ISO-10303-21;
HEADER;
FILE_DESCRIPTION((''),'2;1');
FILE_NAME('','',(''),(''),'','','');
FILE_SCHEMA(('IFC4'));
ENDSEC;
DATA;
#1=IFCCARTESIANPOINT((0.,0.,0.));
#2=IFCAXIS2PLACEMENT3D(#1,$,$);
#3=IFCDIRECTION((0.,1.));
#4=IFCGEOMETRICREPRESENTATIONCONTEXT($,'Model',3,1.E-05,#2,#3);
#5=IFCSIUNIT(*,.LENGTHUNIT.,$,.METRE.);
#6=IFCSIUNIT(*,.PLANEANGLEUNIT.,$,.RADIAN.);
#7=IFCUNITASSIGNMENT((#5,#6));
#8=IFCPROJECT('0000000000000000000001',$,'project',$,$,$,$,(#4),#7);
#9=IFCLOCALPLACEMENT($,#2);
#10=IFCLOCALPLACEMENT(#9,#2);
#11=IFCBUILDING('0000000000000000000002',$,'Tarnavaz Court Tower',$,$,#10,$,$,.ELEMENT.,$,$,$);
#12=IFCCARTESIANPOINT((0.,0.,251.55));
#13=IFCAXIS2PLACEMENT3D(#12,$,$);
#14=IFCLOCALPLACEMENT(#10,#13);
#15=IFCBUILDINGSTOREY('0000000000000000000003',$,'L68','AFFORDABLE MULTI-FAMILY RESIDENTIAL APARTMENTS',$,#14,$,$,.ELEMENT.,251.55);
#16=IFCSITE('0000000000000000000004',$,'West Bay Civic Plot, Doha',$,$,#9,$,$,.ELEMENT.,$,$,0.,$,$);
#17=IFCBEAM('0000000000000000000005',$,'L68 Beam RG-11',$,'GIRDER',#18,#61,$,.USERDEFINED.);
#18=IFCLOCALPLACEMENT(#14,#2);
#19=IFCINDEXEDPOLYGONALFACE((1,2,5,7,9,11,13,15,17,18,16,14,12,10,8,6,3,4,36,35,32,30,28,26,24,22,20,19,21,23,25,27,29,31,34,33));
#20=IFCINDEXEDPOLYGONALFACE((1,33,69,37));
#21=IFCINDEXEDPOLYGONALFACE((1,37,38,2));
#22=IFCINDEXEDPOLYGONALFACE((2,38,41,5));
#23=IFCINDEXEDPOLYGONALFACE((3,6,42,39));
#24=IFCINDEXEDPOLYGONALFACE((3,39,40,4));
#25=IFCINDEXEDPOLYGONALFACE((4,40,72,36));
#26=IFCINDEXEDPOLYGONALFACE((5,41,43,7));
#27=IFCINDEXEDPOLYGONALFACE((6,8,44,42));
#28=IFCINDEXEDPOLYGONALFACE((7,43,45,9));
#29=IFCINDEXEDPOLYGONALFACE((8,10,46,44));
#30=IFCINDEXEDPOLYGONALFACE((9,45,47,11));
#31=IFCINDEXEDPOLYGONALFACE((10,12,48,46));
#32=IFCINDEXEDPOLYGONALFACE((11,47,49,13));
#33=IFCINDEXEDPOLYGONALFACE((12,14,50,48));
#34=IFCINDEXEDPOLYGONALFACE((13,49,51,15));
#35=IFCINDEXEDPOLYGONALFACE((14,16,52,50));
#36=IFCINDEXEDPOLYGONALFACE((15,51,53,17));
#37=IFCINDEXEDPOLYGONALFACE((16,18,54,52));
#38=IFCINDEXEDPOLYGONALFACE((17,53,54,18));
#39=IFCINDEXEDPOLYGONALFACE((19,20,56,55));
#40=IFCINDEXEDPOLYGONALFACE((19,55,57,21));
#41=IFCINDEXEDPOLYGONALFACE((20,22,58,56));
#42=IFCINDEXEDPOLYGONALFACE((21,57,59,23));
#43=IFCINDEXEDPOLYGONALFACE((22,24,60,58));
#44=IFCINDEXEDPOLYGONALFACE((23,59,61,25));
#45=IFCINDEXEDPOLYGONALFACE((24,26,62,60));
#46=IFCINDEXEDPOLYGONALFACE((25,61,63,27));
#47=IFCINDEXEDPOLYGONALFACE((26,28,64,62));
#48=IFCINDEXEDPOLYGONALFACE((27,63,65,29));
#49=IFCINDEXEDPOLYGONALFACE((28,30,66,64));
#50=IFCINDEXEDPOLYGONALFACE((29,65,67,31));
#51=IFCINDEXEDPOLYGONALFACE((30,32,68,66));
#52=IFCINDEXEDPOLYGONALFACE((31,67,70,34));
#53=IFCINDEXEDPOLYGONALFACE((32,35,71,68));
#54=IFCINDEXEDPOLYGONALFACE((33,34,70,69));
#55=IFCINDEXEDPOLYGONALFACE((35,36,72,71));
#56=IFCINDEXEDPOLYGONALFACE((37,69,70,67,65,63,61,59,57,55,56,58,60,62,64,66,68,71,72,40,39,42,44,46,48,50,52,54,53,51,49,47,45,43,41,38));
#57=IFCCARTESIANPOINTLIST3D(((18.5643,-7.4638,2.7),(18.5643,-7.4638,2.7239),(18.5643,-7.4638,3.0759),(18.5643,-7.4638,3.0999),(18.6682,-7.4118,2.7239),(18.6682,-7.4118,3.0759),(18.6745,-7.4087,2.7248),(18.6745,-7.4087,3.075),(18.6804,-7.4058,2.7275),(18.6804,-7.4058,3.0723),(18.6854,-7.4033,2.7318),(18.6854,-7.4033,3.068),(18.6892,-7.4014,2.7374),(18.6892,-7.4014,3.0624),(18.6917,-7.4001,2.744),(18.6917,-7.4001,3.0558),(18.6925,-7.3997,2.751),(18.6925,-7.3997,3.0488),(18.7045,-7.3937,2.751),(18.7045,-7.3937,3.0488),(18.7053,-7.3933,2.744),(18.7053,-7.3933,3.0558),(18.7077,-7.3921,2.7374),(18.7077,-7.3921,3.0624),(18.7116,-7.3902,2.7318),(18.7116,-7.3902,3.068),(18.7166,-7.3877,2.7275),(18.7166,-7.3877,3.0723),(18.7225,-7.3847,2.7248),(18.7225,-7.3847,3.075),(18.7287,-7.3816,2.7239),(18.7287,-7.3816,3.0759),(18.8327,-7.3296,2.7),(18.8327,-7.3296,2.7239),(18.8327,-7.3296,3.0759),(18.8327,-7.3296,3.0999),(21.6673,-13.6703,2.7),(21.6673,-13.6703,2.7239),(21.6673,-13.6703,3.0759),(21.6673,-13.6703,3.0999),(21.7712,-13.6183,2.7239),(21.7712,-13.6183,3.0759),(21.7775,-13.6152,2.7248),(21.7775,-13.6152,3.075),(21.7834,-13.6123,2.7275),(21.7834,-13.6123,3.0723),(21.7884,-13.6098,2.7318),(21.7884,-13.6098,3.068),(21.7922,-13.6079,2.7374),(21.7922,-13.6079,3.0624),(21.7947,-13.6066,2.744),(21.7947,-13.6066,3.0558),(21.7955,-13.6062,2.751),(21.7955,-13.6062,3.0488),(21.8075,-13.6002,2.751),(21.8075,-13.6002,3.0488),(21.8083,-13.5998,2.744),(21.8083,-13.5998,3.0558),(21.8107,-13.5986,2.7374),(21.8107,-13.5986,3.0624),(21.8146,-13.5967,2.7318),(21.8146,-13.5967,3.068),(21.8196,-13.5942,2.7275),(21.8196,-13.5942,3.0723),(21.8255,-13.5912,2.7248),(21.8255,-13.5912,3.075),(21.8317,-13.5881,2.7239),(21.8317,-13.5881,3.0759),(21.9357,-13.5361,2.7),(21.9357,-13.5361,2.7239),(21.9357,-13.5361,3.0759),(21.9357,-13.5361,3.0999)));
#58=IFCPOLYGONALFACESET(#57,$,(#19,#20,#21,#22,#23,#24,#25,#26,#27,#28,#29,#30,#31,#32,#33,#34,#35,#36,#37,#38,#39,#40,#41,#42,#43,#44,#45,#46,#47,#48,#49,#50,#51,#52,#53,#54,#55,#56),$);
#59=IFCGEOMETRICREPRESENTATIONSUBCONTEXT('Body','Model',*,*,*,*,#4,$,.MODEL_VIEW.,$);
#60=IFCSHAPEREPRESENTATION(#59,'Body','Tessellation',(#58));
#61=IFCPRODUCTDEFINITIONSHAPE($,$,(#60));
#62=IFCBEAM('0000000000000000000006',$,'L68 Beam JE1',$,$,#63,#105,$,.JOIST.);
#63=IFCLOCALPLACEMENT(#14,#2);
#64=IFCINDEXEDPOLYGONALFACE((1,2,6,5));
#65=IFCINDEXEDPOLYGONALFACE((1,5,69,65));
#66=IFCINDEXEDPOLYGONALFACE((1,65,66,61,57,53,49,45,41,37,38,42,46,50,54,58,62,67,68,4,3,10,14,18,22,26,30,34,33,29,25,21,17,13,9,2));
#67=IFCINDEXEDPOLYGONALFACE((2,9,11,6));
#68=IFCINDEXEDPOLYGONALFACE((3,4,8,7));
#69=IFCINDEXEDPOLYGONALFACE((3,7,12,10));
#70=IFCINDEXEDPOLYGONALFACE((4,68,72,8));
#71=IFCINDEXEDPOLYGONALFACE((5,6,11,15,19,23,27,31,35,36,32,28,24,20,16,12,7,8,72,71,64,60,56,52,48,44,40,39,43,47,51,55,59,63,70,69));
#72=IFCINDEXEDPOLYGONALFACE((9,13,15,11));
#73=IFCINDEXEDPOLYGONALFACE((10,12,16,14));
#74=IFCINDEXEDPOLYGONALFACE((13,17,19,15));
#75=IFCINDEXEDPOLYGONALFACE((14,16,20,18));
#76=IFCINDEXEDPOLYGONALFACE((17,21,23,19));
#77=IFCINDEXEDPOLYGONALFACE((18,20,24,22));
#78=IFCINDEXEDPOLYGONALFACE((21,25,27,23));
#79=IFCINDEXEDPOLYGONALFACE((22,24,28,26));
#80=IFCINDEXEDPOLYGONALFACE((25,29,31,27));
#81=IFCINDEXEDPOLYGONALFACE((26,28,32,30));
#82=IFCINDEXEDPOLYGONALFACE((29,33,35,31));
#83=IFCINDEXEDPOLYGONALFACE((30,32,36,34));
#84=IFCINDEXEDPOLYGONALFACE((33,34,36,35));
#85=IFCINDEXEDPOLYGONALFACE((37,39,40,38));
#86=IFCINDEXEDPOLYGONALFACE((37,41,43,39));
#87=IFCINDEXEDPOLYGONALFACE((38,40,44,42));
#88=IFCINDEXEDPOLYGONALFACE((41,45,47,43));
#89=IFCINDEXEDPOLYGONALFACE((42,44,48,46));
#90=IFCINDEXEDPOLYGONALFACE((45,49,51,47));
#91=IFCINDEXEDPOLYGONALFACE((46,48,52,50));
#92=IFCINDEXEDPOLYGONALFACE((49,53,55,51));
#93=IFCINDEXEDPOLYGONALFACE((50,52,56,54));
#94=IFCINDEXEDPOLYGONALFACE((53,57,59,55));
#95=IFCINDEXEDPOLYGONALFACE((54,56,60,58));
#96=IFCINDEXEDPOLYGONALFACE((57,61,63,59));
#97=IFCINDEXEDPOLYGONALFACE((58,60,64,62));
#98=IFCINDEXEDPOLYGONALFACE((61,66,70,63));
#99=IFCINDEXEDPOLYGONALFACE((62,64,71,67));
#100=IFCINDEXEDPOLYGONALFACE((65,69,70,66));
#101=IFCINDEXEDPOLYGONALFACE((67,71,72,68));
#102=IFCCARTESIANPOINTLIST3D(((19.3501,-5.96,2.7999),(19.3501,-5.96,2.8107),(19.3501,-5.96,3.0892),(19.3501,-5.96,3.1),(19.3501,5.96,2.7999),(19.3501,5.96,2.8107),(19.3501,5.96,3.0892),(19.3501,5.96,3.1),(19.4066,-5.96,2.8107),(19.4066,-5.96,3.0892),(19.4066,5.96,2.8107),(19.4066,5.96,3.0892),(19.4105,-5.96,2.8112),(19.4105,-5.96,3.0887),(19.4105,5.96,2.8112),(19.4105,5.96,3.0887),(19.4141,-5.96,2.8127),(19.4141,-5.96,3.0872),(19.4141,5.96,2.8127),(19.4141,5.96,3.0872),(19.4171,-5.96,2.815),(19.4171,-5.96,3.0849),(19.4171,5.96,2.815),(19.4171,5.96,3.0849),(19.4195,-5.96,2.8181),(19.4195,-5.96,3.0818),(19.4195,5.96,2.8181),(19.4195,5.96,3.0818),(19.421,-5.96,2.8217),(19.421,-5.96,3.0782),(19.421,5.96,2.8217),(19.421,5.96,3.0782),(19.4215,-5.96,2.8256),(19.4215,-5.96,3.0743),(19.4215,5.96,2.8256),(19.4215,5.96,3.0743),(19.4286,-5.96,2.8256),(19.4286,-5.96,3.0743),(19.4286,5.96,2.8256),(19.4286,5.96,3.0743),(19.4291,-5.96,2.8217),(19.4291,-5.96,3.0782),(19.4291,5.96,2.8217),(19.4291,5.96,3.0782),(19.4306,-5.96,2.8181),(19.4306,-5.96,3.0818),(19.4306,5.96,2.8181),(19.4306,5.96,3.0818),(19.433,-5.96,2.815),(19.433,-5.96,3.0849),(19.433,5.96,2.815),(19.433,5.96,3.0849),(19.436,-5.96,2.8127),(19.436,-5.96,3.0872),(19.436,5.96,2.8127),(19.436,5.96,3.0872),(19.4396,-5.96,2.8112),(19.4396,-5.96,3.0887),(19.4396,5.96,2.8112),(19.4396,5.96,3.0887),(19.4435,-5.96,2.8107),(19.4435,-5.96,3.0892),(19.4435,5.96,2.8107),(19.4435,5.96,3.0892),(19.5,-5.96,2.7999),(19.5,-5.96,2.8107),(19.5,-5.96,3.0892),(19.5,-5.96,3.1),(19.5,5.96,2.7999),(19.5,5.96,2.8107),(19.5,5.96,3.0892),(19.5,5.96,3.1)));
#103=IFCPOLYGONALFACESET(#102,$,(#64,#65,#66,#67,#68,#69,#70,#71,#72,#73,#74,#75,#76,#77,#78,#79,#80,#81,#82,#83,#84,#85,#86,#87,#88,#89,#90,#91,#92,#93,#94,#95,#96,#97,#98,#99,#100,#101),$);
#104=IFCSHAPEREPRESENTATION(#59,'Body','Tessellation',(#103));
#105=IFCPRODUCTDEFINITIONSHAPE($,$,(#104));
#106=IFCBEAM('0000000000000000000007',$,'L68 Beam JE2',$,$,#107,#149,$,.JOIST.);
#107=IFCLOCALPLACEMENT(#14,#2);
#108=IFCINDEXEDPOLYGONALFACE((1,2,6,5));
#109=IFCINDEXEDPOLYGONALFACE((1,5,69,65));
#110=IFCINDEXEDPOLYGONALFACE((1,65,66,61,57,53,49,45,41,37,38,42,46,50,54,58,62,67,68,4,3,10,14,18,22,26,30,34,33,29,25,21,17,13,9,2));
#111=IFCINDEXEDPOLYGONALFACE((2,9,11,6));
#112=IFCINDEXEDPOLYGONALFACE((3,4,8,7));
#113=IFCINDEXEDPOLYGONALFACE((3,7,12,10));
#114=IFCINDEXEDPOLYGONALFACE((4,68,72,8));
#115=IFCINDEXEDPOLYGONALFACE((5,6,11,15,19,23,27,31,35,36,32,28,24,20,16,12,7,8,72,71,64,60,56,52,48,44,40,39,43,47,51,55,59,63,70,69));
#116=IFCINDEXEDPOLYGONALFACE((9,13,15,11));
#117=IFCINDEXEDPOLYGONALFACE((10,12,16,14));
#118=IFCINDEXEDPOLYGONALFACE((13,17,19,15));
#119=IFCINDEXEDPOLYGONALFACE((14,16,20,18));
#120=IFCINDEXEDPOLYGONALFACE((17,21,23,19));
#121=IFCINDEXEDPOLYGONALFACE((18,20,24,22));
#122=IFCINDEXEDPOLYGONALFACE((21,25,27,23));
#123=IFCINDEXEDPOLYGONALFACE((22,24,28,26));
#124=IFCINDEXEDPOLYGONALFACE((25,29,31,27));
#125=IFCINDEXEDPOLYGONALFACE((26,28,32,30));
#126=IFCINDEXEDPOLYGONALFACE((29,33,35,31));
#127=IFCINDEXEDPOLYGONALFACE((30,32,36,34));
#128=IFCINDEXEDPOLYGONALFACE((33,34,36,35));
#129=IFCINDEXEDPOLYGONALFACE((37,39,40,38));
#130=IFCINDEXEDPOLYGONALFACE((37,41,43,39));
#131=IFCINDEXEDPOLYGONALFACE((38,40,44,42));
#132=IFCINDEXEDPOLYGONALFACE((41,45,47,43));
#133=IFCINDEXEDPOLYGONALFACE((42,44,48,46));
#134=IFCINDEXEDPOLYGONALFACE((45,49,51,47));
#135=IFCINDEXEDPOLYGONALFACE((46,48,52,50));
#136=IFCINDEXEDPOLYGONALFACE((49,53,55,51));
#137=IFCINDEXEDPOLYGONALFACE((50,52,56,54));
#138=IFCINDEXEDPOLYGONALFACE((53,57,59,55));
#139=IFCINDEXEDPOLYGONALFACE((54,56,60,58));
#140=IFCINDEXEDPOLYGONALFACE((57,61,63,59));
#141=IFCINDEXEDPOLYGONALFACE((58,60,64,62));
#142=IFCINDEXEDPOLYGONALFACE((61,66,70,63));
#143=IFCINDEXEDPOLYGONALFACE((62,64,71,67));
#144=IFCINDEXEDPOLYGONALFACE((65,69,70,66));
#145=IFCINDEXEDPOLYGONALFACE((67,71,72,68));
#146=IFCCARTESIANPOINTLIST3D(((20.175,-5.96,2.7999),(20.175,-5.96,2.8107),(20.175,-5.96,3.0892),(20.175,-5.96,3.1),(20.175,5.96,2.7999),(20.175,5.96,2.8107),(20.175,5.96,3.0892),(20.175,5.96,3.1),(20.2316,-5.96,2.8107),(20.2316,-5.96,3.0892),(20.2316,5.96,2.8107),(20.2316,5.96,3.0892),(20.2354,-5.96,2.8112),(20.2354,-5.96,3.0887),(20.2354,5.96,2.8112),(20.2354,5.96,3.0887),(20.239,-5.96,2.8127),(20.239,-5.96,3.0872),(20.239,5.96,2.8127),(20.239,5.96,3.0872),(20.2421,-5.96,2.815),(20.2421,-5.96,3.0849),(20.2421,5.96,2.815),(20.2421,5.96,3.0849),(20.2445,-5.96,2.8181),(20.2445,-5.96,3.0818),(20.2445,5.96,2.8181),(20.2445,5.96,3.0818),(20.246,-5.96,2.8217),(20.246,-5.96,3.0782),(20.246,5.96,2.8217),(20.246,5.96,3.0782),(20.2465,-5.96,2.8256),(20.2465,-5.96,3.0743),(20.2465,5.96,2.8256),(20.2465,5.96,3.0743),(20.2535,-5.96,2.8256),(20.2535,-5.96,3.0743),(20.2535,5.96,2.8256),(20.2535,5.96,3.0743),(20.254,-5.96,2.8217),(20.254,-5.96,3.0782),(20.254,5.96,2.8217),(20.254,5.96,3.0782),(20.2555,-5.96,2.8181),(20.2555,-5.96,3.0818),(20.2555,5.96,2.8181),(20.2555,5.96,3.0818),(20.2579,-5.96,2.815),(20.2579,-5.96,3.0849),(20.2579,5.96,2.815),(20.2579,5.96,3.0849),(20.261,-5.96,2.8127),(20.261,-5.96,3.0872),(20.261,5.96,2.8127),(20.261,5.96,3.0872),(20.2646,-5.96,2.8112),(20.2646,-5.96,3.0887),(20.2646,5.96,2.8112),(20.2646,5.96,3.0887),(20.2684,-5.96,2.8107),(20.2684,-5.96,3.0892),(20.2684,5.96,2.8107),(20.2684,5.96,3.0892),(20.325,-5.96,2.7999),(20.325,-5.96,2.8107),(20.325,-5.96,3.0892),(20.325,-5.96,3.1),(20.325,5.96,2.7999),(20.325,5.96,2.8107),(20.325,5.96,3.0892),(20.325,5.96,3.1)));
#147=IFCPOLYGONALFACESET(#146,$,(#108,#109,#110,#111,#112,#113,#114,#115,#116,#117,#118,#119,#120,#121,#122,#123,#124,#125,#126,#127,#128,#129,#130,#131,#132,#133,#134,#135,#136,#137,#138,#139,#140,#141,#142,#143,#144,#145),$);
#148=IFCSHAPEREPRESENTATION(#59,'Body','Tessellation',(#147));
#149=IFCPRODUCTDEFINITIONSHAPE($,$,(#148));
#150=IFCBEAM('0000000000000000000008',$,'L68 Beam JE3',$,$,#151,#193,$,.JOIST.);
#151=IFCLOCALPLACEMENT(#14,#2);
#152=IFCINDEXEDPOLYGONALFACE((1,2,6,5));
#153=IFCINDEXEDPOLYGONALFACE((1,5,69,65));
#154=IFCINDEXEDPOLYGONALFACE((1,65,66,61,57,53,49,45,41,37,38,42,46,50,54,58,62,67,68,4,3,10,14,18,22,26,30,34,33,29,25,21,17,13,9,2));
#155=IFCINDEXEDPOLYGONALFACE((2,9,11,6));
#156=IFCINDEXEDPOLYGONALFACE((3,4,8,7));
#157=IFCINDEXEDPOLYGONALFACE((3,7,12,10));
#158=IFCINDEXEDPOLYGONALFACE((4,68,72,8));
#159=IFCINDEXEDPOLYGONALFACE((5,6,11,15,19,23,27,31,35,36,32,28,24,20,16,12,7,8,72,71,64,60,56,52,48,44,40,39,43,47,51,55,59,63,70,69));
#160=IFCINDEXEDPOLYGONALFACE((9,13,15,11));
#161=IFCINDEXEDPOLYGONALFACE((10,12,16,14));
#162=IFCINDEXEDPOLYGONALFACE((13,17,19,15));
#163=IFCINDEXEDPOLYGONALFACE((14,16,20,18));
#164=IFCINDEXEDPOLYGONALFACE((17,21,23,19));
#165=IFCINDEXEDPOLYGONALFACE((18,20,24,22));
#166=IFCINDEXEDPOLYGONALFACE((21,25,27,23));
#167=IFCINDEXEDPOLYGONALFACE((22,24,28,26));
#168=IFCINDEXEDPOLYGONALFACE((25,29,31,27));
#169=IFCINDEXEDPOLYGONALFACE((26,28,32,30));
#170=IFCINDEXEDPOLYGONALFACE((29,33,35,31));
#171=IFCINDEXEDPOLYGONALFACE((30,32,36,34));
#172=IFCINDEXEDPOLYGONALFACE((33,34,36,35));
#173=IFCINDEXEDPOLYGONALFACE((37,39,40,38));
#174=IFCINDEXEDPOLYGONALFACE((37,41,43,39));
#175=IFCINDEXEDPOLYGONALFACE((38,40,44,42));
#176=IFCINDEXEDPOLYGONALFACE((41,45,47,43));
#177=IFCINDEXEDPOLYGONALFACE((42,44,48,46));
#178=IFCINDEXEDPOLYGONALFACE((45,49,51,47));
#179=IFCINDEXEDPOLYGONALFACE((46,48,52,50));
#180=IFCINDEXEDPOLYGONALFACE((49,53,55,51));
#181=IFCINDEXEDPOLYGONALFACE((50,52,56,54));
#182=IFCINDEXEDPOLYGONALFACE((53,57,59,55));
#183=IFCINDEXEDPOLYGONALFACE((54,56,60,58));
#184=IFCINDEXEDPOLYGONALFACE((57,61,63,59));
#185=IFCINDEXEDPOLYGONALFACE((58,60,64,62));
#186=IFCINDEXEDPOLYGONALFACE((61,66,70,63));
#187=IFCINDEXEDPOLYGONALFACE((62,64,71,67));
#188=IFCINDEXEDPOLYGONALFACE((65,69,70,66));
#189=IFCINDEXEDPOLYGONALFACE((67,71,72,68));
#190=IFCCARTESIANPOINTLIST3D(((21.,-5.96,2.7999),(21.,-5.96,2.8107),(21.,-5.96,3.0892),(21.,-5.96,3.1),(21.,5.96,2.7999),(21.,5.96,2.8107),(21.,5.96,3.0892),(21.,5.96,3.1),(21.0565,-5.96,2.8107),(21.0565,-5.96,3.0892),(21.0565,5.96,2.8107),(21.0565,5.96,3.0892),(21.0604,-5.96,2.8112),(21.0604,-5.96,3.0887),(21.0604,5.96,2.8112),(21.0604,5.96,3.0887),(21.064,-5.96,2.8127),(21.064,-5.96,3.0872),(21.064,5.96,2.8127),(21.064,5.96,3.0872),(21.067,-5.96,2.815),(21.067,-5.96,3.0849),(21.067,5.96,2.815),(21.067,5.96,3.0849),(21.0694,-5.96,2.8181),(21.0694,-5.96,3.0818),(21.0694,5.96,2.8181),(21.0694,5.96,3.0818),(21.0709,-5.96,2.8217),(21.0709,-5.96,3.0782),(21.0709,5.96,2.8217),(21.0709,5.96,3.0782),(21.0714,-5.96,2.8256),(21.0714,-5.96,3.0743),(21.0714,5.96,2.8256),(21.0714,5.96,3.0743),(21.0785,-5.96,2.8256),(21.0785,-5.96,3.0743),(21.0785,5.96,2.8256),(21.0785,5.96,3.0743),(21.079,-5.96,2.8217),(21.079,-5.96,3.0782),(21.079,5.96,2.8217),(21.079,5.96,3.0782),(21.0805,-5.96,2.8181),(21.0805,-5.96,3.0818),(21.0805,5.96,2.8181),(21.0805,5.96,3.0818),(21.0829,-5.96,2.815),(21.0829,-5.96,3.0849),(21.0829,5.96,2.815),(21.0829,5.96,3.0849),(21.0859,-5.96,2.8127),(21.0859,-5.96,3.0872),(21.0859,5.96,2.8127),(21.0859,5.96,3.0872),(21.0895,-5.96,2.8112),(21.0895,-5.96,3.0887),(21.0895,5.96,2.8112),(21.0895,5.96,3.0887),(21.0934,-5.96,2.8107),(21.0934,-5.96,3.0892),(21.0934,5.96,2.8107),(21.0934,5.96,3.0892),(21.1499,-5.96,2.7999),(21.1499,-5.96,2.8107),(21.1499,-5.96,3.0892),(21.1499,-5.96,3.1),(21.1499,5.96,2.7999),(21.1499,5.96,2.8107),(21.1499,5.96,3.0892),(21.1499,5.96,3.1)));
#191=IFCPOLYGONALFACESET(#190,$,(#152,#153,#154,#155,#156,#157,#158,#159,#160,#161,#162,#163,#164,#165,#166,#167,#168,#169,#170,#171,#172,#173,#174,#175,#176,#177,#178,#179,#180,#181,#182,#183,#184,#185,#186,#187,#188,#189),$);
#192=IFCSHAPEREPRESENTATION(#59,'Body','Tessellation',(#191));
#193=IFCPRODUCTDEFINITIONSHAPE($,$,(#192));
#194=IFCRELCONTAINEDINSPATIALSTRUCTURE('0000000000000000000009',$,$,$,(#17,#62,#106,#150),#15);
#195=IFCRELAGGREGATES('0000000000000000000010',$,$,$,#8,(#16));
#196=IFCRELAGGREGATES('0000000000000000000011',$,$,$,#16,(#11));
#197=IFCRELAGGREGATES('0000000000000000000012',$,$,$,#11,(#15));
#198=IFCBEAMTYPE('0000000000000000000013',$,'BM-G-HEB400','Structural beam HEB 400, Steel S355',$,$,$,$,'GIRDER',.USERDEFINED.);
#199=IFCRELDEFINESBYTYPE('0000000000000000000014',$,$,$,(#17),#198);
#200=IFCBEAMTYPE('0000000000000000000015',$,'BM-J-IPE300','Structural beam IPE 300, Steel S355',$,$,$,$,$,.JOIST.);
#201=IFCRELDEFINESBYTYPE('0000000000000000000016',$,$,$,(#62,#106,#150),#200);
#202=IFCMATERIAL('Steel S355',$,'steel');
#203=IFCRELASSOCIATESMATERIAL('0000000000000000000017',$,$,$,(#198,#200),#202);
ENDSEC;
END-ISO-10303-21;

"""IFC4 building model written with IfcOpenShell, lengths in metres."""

from ifc_helpers import new_model, si_unit, direction, frame, origin, origin_2d, place, context, subcontext, project, spatial, i_section, extrude, material, material_profile, profile_set, type_object, element, save


model = new_model("IFC4")

# Units and contexts
model_context = context("Model", 3, precision=1e-05, world=origin(), true_north=direction((0.0, 1.0)))
body_context = subcontext(model_context, "Body", "Model", "MODEL_VIEW")
ifc_project = project(units=[si_unit("LENGTHUNIT", "METRE"), si_unit("PLANEANGLEUNIT", "RADIAN")], contexts=[model_context])

# Site, building, storey
site_placement = place(None, origin())
site = spatial("IfcSite", under=ifc_project, at=site_placement, Name="West Bay Civic Plot, Doha", CompositionType="ELEMENT", RefElevation=0.0)
building_placement = place(site_placement, origin())
building = spatial("IfcBuilding", under=site, at=building_placement, Name="Tarnavaz Court Tower", CompositionType="ELEMENT")
storey_placement = place(building_placement, frame((0.0, 0.0, 251.55)))
storey = spatial("IfcBuildingStorey", under=building, at=storey_placement, Name="L68", Description="AFFORDABLE MULTI-FAMILY RESIDENTIAL APARTMENTS", CompositionType="ELEMENT", Elevation=251.55)

# Beams
ifc_material_1 = material(Name="Steel S355", Category="steel")
ifc_material_profile_1 = material_profile(ifc_material_1, i_section(OverallWidth=0.3, OverallDepth=0.3999, WebThickness=0.0134, FlangeThickness=0.0239, FilletRadius=0.0271, at=origin_2d()), Name="HEB 400")
ifc_profile_set_1 = profile_set([ifc_material_profile_1], Name="Steel S355")
beam_type_1 = type_object("IfcBeamType", Name="BM-G-HEB400", Description="Structural beam HEB 400, Steel S355", ElementType="GIRDER", PredefinedType="USERDEFINED", material=ifc_profile_set_1)
beam_1_placement = place(storey_placement, frame((18.6985, -7.3967, 2.8999), z_axis=(0.447185, -0.894441, 0.0), x_axis=(0.894441, 0.447185, 0.0)))
element("IfcBeam", 1, at=beam_1_placement, inside=storey, type_object=beam_type_1, Name="L68 Beam RG-11", ObjectType="GIRDER", PredefinedType="USERDEFINED", context=body_context, shape_type="SweptSolid", body=[
    extrude(i_section(OverallWidth=0.3, OverallDepth=0.3999, WebThickness=0.0134, FlangeThickness=0.0239, FilletRadius=0.0271, at=origin_2d()), origin(), (0.0, 0.0, 1.0), 6.939),
])
ifc_material_profile_2 = material_profile(ifc_material_1, i_section(OverallWidth=0.1499, OverallDepth=0.3, WebThickness=0.0071, FlangeThickness=0.0107, FilletRadius=0.0149, at=origin_2d()), Name="IPE 300")
ifc_profile_set_2 = profile_set([ifc_material_profile_2], Name="Steel S355")
beam_type_2 = type_object("IfcBeamType", Name="BM-J-IPE300", Description="Structural beam IPE 300, Steel S355", PredefinedType="JOIST", material=ifc_profile_set_2)
for number, where, z_axis, x_axis, name in (
    (2, (19.425, -5.96, 2.95), (0.0, 1.0, 0.0), (-1.0, 0.0, 0.0), "L68 Beam JE1"),
    (3, (20.25, -5.96, 2.95), (0.0, 1.0, 0.0), (-1.0, 0.0, 0.0), "L68 Beam JE2"),
    (4, (21.075, -5.96, 2.95), (0.0, 1.0, 0.0), (-1.0, 0.0, 0.0), "L68 Beam JE3"),
):
    element("IfcBeam", number, at=place(storey_placement, frame(where, z_axis=z_axis, x_axis=x_axis)), inside=storey, type_object=beam_type_2, Name=name, PredefinedType="JOIST", context=body_context, shape_type="SweptSolid", body=[
        extrude(i_section(OverallWidth=0.1499, OverallDepth=0.3, WebThickness=0.0071, FlangeThickness=0.0107, FilletRadius=0.0149, at=origin_2d()), origin(), (0.0, 0.0, 1.0), 11.9199),
    ])

save(model, "model.ifc")
